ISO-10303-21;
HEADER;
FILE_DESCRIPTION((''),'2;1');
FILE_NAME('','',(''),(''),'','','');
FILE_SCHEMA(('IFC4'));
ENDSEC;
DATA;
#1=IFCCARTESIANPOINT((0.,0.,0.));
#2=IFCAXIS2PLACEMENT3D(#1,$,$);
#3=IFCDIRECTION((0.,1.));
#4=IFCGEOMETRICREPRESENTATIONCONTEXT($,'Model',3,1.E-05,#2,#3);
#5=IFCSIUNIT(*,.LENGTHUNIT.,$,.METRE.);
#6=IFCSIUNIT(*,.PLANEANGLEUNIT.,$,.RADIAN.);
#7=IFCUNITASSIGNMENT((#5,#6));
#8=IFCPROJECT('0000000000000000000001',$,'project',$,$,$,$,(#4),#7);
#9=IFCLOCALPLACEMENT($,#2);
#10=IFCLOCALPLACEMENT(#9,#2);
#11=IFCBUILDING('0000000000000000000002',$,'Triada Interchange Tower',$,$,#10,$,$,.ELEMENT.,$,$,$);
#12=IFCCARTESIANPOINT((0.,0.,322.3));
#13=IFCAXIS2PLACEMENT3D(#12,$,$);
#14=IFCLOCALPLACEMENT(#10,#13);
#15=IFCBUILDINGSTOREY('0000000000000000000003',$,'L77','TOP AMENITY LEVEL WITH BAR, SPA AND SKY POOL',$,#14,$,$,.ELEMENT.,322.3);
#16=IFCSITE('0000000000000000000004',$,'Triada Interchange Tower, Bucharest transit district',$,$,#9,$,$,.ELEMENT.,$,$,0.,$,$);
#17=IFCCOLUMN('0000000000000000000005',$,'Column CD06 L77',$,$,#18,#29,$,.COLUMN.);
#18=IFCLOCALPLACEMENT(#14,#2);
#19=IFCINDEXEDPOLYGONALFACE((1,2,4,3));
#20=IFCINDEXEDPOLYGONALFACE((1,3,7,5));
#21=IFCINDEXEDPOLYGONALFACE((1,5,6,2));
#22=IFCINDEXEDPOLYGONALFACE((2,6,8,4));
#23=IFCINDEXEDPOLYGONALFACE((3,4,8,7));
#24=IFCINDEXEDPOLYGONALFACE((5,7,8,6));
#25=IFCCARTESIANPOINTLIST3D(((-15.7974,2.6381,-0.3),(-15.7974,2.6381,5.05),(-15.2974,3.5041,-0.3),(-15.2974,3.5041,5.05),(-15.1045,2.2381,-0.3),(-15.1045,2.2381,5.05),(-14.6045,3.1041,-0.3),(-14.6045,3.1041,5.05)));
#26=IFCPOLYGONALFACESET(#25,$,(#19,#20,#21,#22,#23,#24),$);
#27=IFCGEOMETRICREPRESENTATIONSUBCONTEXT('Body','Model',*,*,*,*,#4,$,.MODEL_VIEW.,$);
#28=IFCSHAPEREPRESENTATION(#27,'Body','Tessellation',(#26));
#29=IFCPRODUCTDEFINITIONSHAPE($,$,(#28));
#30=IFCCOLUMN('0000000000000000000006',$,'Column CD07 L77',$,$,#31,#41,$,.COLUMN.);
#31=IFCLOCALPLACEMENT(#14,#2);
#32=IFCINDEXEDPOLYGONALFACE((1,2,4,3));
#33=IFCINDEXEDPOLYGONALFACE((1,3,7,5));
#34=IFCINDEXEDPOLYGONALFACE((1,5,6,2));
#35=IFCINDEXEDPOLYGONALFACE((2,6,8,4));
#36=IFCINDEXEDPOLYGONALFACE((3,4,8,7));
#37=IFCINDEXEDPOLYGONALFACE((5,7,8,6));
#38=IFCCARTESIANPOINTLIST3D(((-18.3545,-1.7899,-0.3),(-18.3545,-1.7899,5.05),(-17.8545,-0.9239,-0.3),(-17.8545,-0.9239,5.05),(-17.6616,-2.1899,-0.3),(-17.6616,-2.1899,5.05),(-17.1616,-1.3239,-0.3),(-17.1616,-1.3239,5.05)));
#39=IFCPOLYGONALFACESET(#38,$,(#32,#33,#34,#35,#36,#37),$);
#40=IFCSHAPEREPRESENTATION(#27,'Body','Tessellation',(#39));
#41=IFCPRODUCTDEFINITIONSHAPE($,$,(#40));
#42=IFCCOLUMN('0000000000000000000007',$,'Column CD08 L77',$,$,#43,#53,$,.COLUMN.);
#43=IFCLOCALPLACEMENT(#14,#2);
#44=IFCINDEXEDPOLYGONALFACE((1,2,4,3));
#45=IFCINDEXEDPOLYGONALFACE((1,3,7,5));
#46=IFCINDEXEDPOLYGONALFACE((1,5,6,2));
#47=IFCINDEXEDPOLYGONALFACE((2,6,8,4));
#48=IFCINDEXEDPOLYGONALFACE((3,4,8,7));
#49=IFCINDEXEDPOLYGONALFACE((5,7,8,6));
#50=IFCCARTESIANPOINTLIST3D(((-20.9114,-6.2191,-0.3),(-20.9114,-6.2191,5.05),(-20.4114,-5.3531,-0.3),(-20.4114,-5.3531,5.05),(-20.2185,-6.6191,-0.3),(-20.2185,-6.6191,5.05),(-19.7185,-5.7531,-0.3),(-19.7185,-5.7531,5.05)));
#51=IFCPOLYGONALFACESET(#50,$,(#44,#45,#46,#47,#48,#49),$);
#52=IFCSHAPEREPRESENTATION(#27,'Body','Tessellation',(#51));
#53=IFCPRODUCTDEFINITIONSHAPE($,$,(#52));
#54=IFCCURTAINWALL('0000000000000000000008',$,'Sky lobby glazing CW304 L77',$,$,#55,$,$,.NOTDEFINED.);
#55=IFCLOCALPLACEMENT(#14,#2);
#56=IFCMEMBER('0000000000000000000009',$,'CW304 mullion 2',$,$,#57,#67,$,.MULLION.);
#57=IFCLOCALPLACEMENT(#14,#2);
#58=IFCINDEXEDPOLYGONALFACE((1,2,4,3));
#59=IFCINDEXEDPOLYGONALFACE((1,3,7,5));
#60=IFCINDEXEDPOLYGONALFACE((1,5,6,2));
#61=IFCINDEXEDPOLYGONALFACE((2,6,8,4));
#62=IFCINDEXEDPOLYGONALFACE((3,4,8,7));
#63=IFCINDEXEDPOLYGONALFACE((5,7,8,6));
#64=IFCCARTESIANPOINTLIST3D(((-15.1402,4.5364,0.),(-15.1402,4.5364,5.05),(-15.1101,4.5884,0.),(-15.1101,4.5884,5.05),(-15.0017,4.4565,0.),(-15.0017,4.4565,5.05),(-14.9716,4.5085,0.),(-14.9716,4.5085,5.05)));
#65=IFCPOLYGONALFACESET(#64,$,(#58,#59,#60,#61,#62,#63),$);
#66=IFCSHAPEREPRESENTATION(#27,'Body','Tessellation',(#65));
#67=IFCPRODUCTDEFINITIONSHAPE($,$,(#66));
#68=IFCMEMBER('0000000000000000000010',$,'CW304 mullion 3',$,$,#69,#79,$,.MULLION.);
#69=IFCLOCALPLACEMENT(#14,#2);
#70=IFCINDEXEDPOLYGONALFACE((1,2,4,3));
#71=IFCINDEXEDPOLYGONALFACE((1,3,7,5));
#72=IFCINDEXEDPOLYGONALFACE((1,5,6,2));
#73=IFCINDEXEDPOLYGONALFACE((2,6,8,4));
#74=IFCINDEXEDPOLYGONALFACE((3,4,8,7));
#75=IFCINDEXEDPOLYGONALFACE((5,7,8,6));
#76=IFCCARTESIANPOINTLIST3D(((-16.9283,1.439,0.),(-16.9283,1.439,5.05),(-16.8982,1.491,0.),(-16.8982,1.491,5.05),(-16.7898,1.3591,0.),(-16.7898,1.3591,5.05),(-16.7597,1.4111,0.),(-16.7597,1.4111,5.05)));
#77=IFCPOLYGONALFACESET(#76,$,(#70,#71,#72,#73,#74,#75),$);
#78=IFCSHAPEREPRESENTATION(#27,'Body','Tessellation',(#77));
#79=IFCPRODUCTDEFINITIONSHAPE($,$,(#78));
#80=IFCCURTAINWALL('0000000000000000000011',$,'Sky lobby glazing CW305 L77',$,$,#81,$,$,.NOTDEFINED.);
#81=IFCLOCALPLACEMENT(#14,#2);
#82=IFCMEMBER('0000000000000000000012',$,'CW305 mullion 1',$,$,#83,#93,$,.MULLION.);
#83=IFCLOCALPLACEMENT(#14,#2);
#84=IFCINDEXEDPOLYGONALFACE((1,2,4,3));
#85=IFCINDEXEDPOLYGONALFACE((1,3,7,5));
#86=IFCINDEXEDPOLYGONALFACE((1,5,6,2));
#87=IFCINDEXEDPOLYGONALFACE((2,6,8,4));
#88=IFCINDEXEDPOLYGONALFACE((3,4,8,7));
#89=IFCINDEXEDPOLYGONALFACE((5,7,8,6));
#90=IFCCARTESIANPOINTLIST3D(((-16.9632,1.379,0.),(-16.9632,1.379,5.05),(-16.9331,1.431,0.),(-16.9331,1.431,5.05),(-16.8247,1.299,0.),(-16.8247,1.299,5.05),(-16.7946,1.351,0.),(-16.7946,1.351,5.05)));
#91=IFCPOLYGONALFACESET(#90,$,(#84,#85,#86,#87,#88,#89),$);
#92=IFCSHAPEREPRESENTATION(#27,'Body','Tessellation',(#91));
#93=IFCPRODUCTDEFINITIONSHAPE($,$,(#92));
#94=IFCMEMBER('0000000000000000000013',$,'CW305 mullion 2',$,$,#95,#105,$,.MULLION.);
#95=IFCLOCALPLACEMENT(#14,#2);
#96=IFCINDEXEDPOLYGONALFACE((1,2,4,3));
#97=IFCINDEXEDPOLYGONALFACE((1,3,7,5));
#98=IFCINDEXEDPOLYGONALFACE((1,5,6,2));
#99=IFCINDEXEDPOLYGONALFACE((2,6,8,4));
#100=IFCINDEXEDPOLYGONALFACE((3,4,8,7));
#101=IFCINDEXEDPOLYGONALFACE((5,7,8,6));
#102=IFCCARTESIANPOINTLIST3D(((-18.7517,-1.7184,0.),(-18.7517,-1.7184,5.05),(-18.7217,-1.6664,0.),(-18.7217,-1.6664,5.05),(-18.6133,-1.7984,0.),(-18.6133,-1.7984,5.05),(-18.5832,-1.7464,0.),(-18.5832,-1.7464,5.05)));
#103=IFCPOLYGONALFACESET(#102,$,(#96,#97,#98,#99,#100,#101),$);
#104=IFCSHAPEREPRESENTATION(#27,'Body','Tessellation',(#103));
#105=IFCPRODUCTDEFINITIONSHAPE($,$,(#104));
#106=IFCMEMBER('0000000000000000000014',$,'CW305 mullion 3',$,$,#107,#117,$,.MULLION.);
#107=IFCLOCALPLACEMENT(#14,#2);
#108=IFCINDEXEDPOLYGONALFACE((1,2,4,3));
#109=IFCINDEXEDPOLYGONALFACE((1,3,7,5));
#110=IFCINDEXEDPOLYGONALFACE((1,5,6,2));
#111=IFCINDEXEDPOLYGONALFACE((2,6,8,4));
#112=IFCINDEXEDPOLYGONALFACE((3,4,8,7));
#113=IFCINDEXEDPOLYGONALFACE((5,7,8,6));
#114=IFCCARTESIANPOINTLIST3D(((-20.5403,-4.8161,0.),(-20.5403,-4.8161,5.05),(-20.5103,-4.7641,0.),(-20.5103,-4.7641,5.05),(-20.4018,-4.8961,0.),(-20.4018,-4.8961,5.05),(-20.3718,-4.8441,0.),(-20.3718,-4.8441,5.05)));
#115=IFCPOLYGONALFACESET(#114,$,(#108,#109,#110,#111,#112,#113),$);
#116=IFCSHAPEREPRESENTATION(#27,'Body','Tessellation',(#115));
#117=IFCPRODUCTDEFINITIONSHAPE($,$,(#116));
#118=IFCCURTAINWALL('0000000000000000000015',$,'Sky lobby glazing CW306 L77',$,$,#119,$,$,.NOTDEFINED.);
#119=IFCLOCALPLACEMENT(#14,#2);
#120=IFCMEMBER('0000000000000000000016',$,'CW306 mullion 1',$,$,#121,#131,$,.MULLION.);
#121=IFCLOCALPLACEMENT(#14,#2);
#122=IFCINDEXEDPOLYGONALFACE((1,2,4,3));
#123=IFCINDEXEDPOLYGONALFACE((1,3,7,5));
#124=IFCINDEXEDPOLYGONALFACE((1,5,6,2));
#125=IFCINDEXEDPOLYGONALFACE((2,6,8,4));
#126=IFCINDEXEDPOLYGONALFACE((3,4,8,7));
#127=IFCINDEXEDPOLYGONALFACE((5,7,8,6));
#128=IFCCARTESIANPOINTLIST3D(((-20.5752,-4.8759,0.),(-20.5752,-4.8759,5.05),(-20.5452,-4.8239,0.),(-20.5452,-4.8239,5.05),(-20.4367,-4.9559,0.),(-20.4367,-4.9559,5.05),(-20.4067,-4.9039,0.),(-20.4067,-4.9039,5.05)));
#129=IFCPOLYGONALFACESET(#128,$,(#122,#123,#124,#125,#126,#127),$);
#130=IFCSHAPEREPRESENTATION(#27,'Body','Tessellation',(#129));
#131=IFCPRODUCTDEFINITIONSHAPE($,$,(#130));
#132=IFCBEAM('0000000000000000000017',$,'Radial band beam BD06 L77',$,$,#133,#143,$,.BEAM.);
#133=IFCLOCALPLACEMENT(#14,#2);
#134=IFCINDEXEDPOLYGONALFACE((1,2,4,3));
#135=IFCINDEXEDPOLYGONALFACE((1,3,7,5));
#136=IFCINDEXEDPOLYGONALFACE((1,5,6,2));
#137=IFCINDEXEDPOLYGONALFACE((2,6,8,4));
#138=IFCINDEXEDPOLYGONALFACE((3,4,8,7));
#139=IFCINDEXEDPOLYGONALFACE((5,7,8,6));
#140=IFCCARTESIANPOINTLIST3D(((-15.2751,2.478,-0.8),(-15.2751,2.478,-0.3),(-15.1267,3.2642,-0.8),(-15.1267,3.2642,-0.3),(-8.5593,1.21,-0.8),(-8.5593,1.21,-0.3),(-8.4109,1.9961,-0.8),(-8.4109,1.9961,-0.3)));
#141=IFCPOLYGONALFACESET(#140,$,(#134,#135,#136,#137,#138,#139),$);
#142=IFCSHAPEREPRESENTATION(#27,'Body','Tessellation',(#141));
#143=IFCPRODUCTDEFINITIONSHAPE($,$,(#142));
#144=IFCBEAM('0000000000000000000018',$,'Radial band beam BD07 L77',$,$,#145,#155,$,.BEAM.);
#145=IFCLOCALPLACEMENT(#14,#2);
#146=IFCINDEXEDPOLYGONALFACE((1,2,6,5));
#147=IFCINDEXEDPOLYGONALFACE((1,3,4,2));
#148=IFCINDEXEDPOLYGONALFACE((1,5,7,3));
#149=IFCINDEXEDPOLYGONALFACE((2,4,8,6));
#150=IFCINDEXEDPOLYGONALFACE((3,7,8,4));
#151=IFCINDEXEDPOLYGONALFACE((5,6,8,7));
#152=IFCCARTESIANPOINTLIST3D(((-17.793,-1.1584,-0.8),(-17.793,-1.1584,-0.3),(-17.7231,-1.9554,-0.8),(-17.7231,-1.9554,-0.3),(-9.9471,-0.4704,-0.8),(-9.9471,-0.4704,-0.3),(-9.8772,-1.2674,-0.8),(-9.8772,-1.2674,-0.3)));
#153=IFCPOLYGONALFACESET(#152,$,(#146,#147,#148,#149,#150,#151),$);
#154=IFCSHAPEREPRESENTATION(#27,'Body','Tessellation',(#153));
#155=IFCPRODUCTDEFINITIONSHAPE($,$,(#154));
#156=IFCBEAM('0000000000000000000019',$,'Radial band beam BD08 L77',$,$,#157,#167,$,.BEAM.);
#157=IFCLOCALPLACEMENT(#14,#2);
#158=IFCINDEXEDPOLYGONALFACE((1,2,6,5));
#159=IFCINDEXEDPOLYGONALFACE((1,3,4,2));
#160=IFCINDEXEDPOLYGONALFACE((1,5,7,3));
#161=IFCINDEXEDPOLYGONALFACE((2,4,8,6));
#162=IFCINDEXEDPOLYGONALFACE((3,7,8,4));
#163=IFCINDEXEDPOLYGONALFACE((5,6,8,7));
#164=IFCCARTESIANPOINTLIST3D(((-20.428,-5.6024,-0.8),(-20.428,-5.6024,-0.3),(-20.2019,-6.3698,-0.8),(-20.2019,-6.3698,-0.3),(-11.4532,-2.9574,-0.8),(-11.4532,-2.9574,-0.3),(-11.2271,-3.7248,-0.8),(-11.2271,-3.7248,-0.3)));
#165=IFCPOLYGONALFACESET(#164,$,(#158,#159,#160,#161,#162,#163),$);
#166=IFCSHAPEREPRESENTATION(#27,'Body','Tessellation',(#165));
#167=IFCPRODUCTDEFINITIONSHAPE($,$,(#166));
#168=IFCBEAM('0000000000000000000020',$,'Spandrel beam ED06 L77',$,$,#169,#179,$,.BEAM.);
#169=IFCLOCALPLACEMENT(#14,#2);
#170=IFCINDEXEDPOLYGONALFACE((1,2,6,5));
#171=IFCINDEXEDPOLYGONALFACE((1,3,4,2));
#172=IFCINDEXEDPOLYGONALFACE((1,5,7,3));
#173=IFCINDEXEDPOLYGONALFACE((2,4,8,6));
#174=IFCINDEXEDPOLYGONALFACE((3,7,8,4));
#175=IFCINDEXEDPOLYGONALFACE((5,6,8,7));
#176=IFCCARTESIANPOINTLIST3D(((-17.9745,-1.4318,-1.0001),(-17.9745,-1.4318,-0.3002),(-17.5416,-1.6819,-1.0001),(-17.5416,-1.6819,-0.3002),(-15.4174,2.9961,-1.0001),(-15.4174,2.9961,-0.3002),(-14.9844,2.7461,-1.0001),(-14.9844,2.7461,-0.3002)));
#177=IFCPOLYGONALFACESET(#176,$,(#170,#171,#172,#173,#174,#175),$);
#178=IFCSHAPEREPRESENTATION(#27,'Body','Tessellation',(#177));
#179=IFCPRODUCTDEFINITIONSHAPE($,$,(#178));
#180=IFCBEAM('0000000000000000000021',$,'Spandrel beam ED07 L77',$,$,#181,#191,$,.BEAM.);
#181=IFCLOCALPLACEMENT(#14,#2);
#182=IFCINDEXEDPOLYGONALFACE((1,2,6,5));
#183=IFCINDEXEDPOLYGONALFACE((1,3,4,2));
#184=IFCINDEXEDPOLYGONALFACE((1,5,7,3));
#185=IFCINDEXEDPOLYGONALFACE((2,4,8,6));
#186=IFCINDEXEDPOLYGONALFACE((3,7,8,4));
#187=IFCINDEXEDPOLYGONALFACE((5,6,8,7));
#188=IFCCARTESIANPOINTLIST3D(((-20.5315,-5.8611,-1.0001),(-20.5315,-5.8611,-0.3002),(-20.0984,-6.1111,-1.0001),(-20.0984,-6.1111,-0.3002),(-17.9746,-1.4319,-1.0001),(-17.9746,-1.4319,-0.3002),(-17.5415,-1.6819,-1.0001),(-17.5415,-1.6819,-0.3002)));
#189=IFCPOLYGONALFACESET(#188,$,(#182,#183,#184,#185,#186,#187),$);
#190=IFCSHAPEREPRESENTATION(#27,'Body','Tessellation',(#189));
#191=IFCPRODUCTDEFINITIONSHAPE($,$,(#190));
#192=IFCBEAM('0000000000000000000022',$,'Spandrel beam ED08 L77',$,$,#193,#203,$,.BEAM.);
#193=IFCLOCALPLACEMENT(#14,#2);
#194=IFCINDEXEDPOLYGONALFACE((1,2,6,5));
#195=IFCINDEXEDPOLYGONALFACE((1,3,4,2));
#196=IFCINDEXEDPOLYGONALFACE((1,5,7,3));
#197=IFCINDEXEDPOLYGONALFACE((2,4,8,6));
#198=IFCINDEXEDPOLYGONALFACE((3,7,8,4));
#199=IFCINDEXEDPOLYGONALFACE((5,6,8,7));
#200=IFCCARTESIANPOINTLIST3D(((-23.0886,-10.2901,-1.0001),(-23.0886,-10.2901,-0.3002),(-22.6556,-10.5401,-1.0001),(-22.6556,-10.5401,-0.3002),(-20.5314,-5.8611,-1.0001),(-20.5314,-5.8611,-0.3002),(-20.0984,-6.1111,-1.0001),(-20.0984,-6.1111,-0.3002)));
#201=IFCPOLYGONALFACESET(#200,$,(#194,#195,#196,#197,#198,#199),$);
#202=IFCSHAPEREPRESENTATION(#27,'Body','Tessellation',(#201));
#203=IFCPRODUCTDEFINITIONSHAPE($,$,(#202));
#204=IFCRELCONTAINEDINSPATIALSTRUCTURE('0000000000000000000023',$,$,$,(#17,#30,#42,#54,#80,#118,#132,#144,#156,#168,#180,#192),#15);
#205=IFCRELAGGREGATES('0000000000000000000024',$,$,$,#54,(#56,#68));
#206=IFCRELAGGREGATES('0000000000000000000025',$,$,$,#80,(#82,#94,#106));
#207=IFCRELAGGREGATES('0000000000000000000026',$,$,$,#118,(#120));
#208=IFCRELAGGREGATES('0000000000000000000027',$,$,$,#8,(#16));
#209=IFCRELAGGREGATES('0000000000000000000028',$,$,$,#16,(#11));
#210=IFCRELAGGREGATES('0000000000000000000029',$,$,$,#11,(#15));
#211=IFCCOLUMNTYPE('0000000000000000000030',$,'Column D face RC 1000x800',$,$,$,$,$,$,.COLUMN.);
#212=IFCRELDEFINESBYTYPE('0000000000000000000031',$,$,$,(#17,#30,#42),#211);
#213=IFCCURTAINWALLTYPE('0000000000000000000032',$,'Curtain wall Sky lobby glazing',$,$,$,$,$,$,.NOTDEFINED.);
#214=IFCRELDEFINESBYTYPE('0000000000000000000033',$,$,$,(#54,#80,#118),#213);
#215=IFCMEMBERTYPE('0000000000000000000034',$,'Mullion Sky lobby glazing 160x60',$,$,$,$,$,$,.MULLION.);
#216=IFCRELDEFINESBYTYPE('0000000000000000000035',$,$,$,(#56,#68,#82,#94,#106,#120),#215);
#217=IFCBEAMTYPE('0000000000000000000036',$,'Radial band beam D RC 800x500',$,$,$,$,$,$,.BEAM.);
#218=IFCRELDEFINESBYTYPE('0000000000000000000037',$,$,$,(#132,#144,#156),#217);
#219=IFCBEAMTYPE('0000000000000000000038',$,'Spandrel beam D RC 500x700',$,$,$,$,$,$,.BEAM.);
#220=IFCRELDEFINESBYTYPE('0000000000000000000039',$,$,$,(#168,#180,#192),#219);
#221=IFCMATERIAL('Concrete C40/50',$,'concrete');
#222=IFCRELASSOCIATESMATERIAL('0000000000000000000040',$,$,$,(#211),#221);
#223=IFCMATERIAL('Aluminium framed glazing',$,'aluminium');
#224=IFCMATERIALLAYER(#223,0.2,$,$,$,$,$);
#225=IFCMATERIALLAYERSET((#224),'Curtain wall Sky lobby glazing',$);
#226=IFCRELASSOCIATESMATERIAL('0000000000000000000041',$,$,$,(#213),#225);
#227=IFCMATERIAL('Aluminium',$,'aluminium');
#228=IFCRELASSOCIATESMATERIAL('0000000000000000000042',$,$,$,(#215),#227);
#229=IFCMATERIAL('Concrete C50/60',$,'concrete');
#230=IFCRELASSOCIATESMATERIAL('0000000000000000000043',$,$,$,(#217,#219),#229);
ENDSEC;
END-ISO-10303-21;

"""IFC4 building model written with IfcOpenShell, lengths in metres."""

from ifc_helpers import new_model, si_unit, direction, frame, origin, origin_2d, place, context, subcontext, project, spatial, rectangle, extrude, material, layer, layer_set, material_profile, profile_set, type_object, element, aggregate, save


model = new_model("IFC4")

# Units and contexts
model_context = context("Model", 3, precision=1e-05, world=origin(), true_north=direction((0.0, 1.0)))
body_context = subcontext(model_context, "Body", "Model", "MODEL_VIEW")
ifc_project = project(units=[si_unit("LENGTHUNIT", "METRE"), si_unit("PLANEANGLEUNIT", "RADIAN")], contexts=[model_context])

# Site, building, storey
site_placement = place(None, origin())
site = spatial("IfcSite", under=ifc_project, at=site_placement, Name="Triada Interchange Tower, Bucharest transit district", CompositionType="ELEMENT", RefElevation=0.0)
building_placement = place(site_placement, origin())
building = spatial("IfcBuilding", under=site, at=building_placement, Name="Triada Interchange Tower", CompositionType="ELEMENT")
storey_placement = place(building_placement, frame((0.0, 0.0, 322.3)))
storey = spatial("IfcBuildingStorey", under=building, at=storey_placement, Name="L77", Description="TOP AMENITY LEVEL WITH BAR, SPA AND SKY POOL", CompositionType="ELEMENT", Elevation=322.3)

# Columns
ifc_material_1 = material(Name="Concrete C40/50", Category="concrete")
ifc_material_profile_1 = material_profile(ifc_material_1, rectangle(XDim=1.0, YDim=0.8, at=origin_2d()), Name="RC 1000x800")
ifc_profile_set_1 = profile_set([ifc_material_profile_1], Name="Concrete C40/50")
column_type = type_object("IfcColumnType", Name="Column D face RC 1000x800", PredefinedType="COLUMN", material=ifc_profile_set_1)
for number, where, z_axis, x_axis, name in (
    (1, (-15.2009, 2.8711, -0.3), (0.0, 0.0, 1.0), (0.5, 0.866025, 0.0), "Column CD06 L77"),
    (2, (-17.7581, -1.5569, -0.3), (0.0, 0.0, 1.0), (0.5, 0.866025, 0.0), "Column CD07 L77"),
    (3, (-20.3149, -5.9861, -0.3), (0.0, 0.0, 1.0), (0.5, 0.866025, 0.0), "Column CD08 L77"),
):
    element("IfcColumn", number, at=place(storey_placement, frame(where, z_axis=z_axis, x_axis=x_axis)), inside=storey, type_object=column_type, Name=name, PredefinedType="COLUMN", context=body_context, shape_type="SweptSolid", body=[
        extrude(rectangle(XDim=1.0, YDim=0.8, at=origin_2d()), origin(), (0.0, 0.0, 1.0), 5.3501),
    ])

# Curtain walls, members
ifc_material_2 = material(Name="Aluminium framed glazing", Category="aluminium")
ifc_layer_1 = layer(ifc_material_2, 0.2)
ifc_layer_set_1 = layer_set([ifc_layer_1], Name="Curtain wall Sky lobby glazing")
curtain_wall_type = type_object("IfcCurtainWallType", Name="Curtain wall Sky lobby glazing", PredefinedType="NOTDEFINED", material=ifc_layer_set_1)
curtain_wall_1_placement = place(storey_placement, origin())
curtain_wall_1 = element("IfcCurtainWall", 4, at=curtain_wall_1_placement, inside=storey, type_object=curtain_wall_type, Name="Sky lobby glazing CW304 L77", PredefinedType="NOTDEFINED")
ifc_material_3 = material(Name="Aluminium", Category="aluminium")
ifc_material_profile_2 = material_profile(ifc_material_3, rectangle(XDim=0.1599, YDim=0.0601, at=origin_2d()), Name="Aluminium mullion")
ifc_profile_set_2 = profile_set([ifc_material_profile_2], Name="Aluminium")
member_type_1 = type_object("IfcMemberType", Name="Mullion Sky lobby glazing 160x60", PredefinedType="MULLION", material=ifc_profile_set_2)
member_1_placement = place(storey_placement, frame((-15.0559, 4.5225, 0.0), z_axis=(0.0, 0.0, 1.0), x_axis=(0.866068, -0.499926, 0.0)))
member_1 = element("IfcMember", 5, at=member_1_placement, type_object=member_type_1, Name="CW304 mullion 2", PredefinedType="MULLION", context=body_context, shape_type="SweptSolid", body=[
    extrude(rectangle(XDim=0.1599, YDim=0.0601, at=origin_2d()), origin(), (0.0, 0.0, 1.0), 5.05),
])
member_2_placement = place(storey_placement, frame((-16.844, 1.425, 0.0), z_axis=(0.0, 0.0, 1.0), x_axis=(0.866068, -0.499926, 0.0)))
member_2 = element("IfcMember", 6, at=member_2_placement, type_object=member_type_1, Name="CW304 mullion 3", PredefinedType="MULLION", context=body_context, shape_type="SweptSolid", body=[
    extrude(rectangle(XDim=0.1599, YDim=0.0601, at=origin_2d()), origin(), (0.0, 0.0, 1.0), 5.05),
])
curtain_wall_2_placement = place(storey_placement, origin())
curtain_wall_2 = element("IfcCurtainWall", 7, at=curtain_wall_2_placement, inside=storey, type_object=curtain_wall_type, Name="Sky lobby glazing CW305 L77", PredefinedType="NOTDEFINED")
member_3_placement = place(storey_placement, frame((-16.8789, 1.365, 0.0), z_axis=(0.0, 0.0, 1.0), x_axis=(0.866008, -0.50003, 0.0)))
member_3 = element("IfcMember", 8, at=member_3_placement, type_object=member_type_1, Name="CW305 mullion 1", PredefinedType="MULLION", context=body_context, shape_type="SweptSolid", body=[
    extrude(rectangle(XDim=0.1599, YDim=0.0601, at=origin_2d()), origin(), (0.0, 0.0, 1.0), 5.05),
])
member_4_placement = place(storey_placement, frame((-18.6675, -1.7324, 0.0), z_axis=(0.0, 0.0, 1.0), x_axis=(0.866008, -0.50003, 0.0)))
member_4 = element("IfcMember", 9, at=member_4_placement, type_object=member_type_1, Name="CW305 mullion 2", PredefinedType="MULLION", context=body_context, shape_type="SweptSolid", body=[
    extrude(rectangle(XDim=0.1599, YDim=0.0601, at=origin_2d()), origin(), (0.0, 0.0, 1.0), 5.05),
])
member_5_placement = place(storey_placement, frame((-20.4561, -4.8301, 0.0), z_axis=(0.0, 0.0, 1.0), x_axis=(0.866008, -0.50003, 0.0)))
member_5 = element("IfcMember", 10, at=member_5_placement, type_object=member_type_1, Name="CW305 mullion 3", PredefinedType="MULLION", context=body_context, shape_type="SweptSolid", body=[
    extrude(rectangle(XDim=0.1599, YDim=0.0601, at=origin_2d()), origin(), (0.0, 0.0, 1.0), 5.05),
])

# Curtain wall, member
curtain_wall_3_placement = place(storey_placement, origin())
curtain_wall_3 = element("IfcCurtainWall", 11, at=curtain_wall_3_placement, inside=storey, type_object=curtain_wall_type, Name="Sky lobby glazing CW306 L77", PredefinedType="NOTDEFINED")
member_6_placement = place(storey_placement, frame((-20.491, -4.8899, 0.0), z_axis=(0.0, 0.0, 1.0), x_axis=(0.866026, -0.499998, 0.0)))
member_6 = element("IfcMember", 12, at=member_6_placement, type_object=member_type_1, Name="CW306 mullion 1", PredefinedType="MULLION", context=body_context, shape_type="SweptSolid", body=[
    extrude(rectangle(XDim=0.1599, YDim=0.0601, at=origin_2d()), origin(), (0.0, 0.0, 1.0), 5.05),
])

# Beams
ifc_material_4 = material(Name="Concrete C50/60", Category="concrete")
ifc_material_profile_3 = material_profile(ifc_material_4, rectangle(XDim=0.8, YDim=0.5, at=origin_2d()), Name="RC 800x500")
ifc_profile_set_3 = profile_set([ifc_material_profile_3], Name="Concrete C50/60")
beam_type_1 = type_object("IfcBeamType", Name="Radial band beam D RC 800x500", PredefinedType="BEAM", material=ifc_profile_set_3)
beam_1_placement = place(storey_placement, frame((-15.2009, 2.8711, -0.55), z_axis=(0.982637, -0.185539, 0.0), x_axis=(0.185539, 0.982637, 0.0)))
element("IfcBeam", 13, at=beam_1_placement, inside=storey, type_object=beam_type_1, Name="Radial band beam BD06 L77", PredefinedType="BEAM", context=body_context, shape_type="SweptSolid", body=[
    extrude(rectangle(XDim=0.8, YDim=0.5, at=origin_2d()), origin(), (0.0, 0.0, 1.0), 6.8345),
])
beam_2_placement = place(storey_placement, frame((-17.7581, -1.5569, -0.55), z_axis=(0.996178, 0.087352, 0.0), x_axis=(-0.087352, 0.996178, 0.0)))
element("IfcBeam", 14, at=beam_2_placement, inside=storey, type_object=beam_type_1, Name="Radial band beam BD07 L77", PredefinedType="BEAM", context=body_context, shape_type="SweptSolid", body=[
    extrude(rectangle(XDim=0.8, YDim=0.5, at=origin_2d()), origin(), (0.0, 0.0, 1.0), 7.876),
])
beam_3_placement = place(storey_placement, frame((-20.3149, -5.9861, -0.55), z_axis=(0.95921, 0.282693, 0.0), x_axis=(-0.282693, 0.95921, 0.0)))
element("IfcBeam", 15, at=beam_3_placement, inside=storey, type_object=beam_type_1, Name="Radial band beam BD08 L77", PredefinedType="BEAM", context=body_context, shape_type="SweptSolid", body=[
    extrude(rectangle(XDim=0.8, YDim=0.5, at=origin_2d()), origin(), (0.0, 0.0, 1.0), 9.3564),
])
ifc_material_profile_4 = material_profile(ifc_material_4, rectangle(XDim=0.5, YDim=0.7, at=origin_2d()), Name="RC 500x700")
ifc_profile_set_4 = profile_set([ifc_material_profile_4], Name="Concrete C50/60")
beam_type_2 = type_object("IfcBeamType", Name="Spandrel beam D RC 500x700", PredefinedType="BEAM", material=ifc_profile_set_4)
beam_4_placement = place(storey_placement, frame((-15.2009, 2.8711, -0.6501), z_axis=(-0.500093, -0.865972, 0.0), x_axis=(0.865972, -0.500093, 0.0)))
element("IfcBeam", 16, at=beam_4_placement, inside=storey, type_object=beam_type_2, Name="Spandrel beam ED06 L77", PredefinedType="BEAM", context=body_context, shape_type="SweptSolid", body=[
    extrude(rectangle(XDim=0.5, YDim=0.7, at=origin_2d()), origin(), (0.0, 0.0, 1.0), 5.1133),
])
for number, where, z_axis, x_axis, name in (
    (17, (-17.7581, -1.5569, -0.6501), (-0.499954, -0.866052, 0.0), (0.866052, -0.499954, 0.0), "Spandrel beam ED07 L77"),
    (18, (-20.3149, -5.9861, -0.6501), (-0.50001, -0.866019, 0.0), (0.866019, -0.50001, 0.0), "Spandrel beam ED08 L77"),
):
    element("IfcBeam", number, at=place(storey_placement, frame(where, z_axis=z_axis, x_axis=x_axis)), inside=storey, type_object=beam_type_2, Name=name, PredefinedType="BEAM", context=body_context, shape_type="SweptSolid", body=[
        extrude(rectangle(XDim=0.5, YDim=0.7, at=origin_2d()), origin(), (0.0, 0.0, 1.0), 5.1143),
    ])

aggregate(curtain_wall_1, [member_1, member_2])
aggregate(curtain_wall_2, [member_3, member_4, member_5])
aggregate(curtain_wall_3, [member_6])

save(model, "model.ifc")
